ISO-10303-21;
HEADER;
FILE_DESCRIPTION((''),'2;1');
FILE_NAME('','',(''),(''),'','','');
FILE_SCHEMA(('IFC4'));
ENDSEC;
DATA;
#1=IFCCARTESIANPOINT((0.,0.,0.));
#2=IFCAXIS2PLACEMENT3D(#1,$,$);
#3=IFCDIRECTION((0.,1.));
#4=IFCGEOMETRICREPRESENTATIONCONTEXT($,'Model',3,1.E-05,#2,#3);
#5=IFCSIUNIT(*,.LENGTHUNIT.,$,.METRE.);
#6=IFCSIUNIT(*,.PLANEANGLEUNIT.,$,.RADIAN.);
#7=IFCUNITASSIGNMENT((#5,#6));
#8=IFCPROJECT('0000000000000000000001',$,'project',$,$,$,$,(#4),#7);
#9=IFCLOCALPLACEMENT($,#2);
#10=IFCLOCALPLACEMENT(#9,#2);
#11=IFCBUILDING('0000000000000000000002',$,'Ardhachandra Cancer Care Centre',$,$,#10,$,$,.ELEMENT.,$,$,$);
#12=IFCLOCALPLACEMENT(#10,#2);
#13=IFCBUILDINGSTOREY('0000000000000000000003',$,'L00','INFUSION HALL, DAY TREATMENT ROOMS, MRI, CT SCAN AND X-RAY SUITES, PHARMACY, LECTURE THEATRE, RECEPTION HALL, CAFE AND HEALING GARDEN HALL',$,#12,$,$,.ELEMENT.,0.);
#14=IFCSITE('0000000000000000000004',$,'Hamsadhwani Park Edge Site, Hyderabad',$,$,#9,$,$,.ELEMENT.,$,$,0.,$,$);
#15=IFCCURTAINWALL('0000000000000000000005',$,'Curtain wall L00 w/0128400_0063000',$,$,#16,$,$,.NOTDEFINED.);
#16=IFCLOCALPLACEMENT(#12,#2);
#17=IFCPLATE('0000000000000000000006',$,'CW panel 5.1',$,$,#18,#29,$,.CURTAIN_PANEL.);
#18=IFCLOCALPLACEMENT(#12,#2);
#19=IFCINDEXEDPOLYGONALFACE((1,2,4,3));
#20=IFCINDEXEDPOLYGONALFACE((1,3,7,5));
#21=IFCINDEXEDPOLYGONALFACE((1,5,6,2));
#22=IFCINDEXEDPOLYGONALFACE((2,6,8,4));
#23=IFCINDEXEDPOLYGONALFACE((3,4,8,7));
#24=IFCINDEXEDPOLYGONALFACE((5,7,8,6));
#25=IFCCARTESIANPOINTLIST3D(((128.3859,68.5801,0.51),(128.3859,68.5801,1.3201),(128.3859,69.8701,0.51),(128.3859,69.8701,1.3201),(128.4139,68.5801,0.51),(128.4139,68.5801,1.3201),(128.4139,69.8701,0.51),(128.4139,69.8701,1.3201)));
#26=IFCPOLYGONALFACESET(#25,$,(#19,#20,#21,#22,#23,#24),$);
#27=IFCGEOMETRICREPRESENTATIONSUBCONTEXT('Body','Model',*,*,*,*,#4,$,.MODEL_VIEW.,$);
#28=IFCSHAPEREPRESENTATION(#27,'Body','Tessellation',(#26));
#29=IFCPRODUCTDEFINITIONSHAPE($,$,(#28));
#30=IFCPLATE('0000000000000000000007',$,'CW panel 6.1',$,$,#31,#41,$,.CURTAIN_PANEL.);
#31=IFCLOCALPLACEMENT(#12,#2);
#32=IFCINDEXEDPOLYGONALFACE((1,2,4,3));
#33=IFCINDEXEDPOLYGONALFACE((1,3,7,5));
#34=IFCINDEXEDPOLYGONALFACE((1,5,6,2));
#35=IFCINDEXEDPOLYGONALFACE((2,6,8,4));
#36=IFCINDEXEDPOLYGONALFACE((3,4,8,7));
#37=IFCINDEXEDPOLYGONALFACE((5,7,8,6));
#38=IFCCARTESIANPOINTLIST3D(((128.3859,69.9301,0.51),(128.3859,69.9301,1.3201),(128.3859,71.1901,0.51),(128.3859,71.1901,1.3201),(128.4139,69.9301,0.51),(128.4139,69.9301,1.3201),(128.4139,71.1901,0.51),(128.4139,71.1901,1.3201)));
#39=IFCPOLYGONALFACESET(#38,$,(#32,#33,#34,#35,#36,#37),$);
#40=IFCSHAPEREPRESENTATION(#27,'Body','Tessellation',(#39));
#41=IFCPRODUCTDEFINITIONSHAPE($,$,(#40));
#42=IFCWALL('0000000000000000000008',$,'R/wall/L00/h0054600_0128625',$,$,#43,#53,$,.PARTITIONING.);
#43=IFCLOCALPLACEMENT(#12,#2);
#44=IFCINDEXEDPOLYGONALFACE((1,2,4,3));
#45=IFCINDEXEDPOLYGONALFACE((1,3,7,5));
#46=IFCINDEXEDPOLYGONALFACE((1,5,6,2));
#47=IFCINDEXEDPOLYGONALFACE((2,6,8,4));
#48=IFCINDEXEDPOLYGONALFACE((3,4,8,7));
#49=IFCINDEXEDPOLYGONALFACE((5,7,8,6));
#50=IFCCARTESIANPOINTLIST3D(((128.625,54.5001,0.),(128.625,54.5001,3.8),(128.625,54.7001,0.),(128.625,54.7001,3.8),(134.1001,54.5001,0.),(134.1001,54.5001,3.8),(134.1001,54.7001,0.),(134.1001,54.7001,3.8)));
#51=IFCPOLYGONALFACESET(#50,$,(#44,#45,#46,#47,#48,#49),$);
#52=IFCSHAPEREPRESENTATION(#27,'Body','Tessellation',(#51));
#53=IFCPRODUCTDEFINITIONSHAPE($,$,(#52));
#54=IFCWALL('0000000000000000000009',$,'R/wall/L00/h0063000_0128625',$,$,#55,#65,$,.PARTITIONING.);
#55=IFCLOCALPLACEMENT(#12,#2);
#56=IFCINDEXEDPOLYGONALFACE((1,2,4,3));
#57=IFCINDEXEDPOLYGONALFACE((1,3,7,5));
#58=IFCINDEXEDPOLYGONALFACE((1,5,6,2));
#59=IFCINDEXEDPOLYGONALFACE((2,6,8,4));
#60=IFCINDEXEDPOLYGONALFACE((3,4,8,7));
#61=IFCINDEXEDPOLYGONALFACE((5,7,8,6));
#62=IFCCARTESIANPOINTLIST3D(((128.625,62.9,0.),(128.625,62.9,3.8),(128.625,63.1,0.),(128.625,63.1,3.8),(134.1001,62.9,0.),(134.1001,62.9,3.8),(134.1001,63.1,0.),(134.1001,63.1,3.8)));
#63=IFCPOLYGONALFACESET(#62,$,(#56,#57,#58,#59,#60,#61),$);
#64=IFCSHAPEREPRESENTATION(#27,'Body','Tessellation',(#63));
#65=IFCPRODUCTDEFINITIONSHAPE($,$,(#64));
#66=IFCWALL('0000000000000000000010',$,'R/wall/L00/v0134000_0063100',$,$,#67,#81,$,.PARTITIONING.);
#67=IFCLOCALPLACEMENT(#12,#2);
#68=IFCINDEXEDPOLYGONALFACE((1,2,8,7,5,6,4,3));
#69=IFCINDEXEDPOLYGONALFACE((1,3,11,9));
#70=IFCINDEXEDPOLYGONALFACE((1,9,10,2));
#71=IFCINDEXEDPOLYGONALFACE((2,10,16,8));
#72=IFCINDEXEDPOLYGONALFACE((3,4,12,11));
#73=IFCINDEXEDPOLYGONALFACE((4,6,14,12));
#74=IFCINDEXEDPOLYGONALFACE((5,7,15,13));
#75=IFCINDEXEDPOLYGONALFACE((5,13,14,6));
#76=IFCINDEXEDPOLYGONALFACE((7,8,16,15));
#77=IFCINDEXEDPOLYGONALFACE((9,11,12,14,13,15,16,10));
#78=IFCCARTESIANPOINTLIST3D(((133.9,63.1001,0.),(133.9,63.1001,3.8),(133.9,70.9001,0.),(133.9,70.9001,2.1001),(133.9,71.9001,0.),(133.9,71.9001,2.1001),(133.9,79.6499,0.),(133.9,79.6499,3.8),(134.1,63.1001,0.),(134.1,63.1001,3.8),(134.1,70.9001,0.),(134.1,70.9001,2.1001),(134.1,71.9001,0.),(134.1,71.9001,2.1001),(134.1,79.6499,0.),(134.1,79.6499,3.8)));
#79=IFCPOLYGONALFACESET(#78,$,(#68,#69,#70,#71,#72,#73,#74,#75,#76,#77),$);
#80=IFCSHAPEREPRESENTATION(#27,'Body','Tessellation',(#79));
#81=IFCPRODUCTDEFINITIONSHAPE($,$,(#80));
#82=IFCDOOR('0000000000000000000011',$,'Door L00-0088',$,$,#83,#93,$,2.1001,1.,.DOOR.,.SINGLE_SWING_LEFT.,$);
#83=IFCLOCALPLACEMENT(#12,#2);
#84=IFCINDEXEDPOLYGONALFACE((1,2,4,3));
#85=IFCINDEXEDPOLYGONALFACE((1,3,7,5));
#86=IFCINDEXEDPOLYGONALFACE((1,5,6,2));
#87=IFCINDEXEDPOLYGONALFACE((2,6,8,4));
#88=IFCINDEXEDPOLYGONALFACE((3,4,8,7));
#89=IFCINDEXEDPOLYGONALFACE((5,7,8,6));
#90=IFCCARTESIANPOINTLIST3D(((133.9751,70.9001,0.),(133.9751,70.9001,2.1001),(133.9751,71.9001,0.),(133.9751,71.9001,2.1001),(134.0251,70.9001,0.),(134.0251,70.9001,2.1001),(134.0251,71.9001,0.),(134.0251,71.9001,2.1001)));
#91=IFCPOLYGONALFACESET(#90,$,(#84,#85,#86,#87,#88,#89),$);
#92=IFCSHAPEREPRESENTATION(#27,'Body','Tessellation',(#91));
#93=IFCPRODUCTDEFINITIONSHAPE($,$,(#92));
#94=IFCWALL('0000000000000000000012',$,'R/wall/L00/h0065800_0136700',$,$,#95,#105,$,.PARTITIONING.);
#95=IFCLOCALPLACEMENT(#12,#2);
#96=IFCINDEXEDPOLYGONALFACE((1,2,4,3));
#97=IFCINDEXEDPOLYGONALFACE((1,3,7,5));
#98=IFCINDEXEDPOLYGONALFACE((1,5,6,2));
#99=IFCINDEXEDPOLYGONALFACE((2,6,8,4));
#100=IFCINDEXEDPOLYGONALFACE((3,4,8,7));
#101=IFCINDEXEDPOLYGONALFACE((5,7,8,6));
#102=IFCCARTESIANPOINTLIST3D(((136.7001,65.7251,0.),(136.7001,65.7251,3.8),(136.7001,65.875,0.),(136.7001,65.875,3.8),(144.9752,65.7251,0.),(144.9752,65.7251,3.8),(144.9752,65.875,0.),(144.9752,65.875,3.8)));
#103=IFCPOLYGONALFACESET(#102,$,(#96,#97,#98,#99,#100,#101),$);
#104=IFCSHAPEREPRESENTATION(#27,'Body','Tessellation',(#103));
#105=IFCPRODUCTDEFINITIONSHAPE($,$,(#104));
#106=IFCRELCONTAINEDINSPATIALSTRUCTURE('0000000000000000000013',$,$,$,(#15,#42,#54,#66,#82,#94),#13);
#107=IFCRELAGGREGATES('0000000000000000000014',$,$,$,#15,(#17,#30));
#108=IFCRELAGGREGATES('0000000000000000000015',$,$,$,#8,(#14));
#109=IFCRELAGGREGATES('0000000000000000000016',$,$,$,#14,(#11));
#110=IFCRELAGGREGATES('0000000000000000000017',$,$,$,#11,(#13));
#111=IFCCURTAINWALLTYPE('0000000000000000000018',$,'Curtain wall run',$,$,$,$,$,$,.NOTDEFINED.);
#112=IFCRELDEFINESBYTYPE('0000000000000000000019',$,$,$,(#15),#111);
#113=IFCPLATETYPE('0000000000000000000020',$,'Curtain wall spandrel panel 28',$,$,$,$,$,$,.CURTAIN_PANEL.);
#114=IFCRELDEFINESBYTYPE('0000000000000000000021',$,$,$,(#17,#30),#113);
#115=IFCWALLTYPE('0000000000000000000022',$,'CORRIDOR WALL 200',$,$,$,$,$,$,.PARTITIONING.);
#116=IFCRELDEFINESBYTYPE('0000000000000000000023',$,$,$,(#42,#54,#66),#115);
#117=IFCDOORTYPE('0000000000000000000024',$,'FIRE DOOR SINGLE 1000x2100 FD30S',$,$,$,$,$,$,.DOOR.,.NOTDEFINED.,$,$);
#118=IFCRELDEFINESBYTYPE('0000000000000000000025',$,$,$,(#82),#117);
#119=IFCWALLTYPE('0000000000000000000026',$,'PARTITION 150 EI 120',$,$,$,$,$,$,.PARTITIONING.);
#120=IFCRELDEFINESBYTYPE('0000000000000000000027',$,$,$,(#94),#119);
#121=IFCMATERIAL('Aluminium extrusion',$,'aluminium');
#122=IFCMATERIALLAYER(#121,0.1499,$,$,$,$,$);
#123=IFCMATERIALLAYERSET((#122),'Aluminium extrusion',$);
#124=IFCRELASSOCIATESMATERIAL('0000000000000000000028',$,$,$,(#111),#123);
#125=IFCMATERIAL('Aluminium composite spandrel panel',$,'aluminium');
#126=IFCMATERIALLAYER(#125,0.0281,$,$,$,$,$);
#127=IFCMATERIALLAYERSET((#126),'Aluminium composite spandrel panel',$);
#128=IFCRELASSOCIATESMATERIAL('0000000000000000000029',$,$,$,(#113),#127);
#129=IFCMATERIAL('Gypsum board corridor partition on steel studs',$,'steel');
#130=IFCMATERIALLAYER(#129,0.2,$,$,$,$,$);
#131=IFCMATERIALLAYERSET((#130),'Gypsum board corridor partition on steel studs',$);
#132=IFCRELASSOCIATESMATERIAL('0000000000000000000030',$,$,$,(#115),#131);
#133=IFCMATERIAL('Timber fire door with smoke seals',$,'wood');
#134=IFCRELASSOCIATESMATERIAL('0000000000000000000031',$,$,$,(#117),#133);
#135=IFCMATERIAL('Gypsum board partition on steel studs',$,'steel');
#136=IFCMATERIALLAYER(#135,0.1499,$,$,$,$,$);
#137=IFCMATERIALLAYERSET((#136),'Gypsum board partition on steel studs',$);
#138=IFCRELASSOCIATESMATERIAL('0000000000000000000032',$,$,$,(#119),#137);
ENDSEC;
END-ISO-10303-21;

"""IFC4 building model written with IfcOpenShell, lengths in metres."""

from ifc_helpers import new_model, si_unit, direction, frame, frame_2d, origin, origin_2d, place, context, subcontext, project, spatial, rectangle, extrude, material, layer, layer_set, type_object, element, fill, aggregate, save


model = new_model("IFC4")

# Units and contexts
model_context = context("Model", 3, precision=1e-05, world=origin(), true_north=direction((0.0, 1.0)))
body_context = subcontext(model_context, "Body", "Model", "MODEL_VIEW")
ifc_project = project(units=[si_unit("LENGTHUNIT", "METRE"), si_unit("PLANEANGLEUNIT", "RADIAN")], contexts=[model_context])

# Site, building, storey
site_placement = place(None, origin())
site = spatial("IfcSite", under=ifc_project, at=site_placement, Name="Hamsadhwani Park Edge Site, Hyderabad", CompositionType="ELEMENT", RefElevation=0.0)
building_placement = place(site_placement, origin())
building = spatial("IfcBuilding", under=site, at=building_placement, Name="Ardhachandra Cancer Care Centre", CompositionType="ELEMENT")
storey_placement = place(building_placement, origin())
storey = spatial("IfcBuildingStorey", under=building, at=storey_placement, Name="L00", Description="INFUSION HALL, DAY TREATMENT ROOMS, MRI, CT SCAN AND X-RAY SUITES, PHARMACY, LECTURE THEATRE, RECEPTION HALL, CAFE AND HEALING GARDEN HALL", CompositionType="ELEMENT", Elevation=0.0)

# Curtain wall, plates
ifc_material_1 = material(Name="Aluminium extrusion", Category="aluminium")
ifc_layer_1 = layer(ifc_material_1, 0.1499)
ifc_layer_set_1 = layer_set([ifc_layer_1], Name="Aluminium extrusion")
curtain_wall_type = type_object("IfcCurtainWallType", Name="Curtain wall run", PredefinedType="NOTDEFINED", material=ifc_layer_set_1)
curtain_wall_placement = place(storey_placement, origin())
curtain_wall = element("IfcCurtainWall", 1, at=curtain_wall_placement, inside=storey, type_object=curtain_wall_type, Name="Curtain wall L00 w/0128400_0063000", PredefinedType="NOTDEFINED")
ifc_material_2 = material(Name="Aluminium composite spandrel panel", Category="aluminium")
ifc_layer_2 = layer(ifc_material_2, 0.0281)
ifc_layer_set_2 = layer_set([ifc_layer_2], Name="Aluminium composite spandrel panel")
plate_type_1 = type_object("IfcPlateType", Name="Curtain wall spandrel panel 28", PredefinedType="CURTAIN_PANEL", material=ifc_layer_set_2)
plate_1_placement = place(storey_placement, frame((128.3999, 69.2251, 0.51), z_axis=(0.0, 0.0, 1.0), x_axis=(0.0, 1.0, 0.0)))
plate_1 = element("IfcPlate", 2, at=plate_1_placement, type_object=plate_type_1, Name="CW panel 5.1", PredefinedType="CURTAIN_PANEL", context=body_context, shape_type="SweptSolid", body=[
    extrude(rectangle(XDim=1.29, YDim=0.0281, at=origin_2d()), origin(), (0.0, 0.0, 1.0), 0.8101),
])
plate_2_placement = place(storey_placement, frame((128.3999, 70.5601, 0.51), z_axis=(0.0, 0.0, 1.0), x_axis=(0.0, 1.0, 0.0)))
plate_2 = element("IfcPlate", 3, at=plate_2_placement, type_object=plate_type_1, Name="CW panel 6.1", PredefinedType="CURTAIN_PANEL", context=body_context, shape_type="SweptSolid", body=[
    extrude(rectangle(XDim=1.26, YDim=0.0281, at=origin_2d()), origin(), (0.0, 0.0, 1.0), 0.8101),
])
aggregate(curtain_wall, [plate_1, plate_2])

# Walls
ifc_material_3 = material(Name="Gypsum board corridor partition on steel studs", Category="steel")
ifc_layer_3 = layer(ifc_material_3, 0.2)
ifc_layer_set_3 = layer_set([ifc_layer_3], Name="Gypsum board corridor partition on steel studs")
wall_type_1 = type_object("IfcWallType", Name="CORRIDOR WALL 200", PredefinedType="PARTITIONING", material=ifc_layer_set_3)
for number, where, z_axis, x_axis, name in (
    (4, (128.625, 54.6001, 0.0), (0.0, 0.0, 1.0), (1.0, 0.0, 0.0), "R/wall/L00/h0054600_0128625"),
    (5, (128.625, 63.0, 0.0), (0.0, 0.0, 1.0), (1.0, 0.0, 0.0), "R/wall/L00/h0063000_0128625"),
):
    element("IfcWall", number, at=place(storey_placement, frame(where, z_axis=z_axis, x_axis=x_axis)), inside=storey, type_object=wall_type_1, Name=name, PredefinedType="PARTITIONING", context=body_context, shape_type="SweptSolid", body=[
        extrude(rectangle(XDim=5.4751, YDim=0.2, at=frame_2d((2.7375, 0.0))), origin(), (0.0, 0.0, 1.0), 3.8),
    ])

# Wall, opening, door
wall_1_placement = place(storey_placement, frame((134.0, 63.1001, 0.0), z_axis=(0.0, 0.0, 1.0), x_axis=(0.0, 1.0, 0.0)))
wall_1 = element("IfcWall", 6, at=wall_1_placement, inside=storey, type_object=wall_type_1, Name="R/wall/L00/v0134000_0063100", PredefinedType="PARTITIONING", context=body_context, shape_type="SweptSolid", body=[
    extrude(rectangle(XDim=16.5498, YDim=0.2, at=frame_2d((8.2749, 0.0))), origin(), (0.0, 0.0, 1.0), 3.8),
])
opening_placement = place(wall_1_placement, frame((7.8, 0.0, 0.0)))
opening = element("IfcOpeningElement", 7, at=opening_placement, cuts=wall_1, PredefinedType="OPENING", context=body_context, shape_type="SweptSolid", body=[
    extrude(rectangle(XDim=1.0, YDim=2.1001, at=frame_2d((0.5, 1.05))), frame((0.0, 0.1099, 0.0), z_axis=(0.0, -1.0, 0.0), x_axis=(1.0, 0.0, 0.0)), (0.0, 0.0, 1.0), 0.22),
])
ifc_material_4 = material(Name="Timber fire door with smoke seals", Category="wood")
door_type = type_object("IfcDoorType", Name="FIRE DOOR SINGLE 1000x2100 FD30S", OperationType="NOTDEFINED", PredefinedType="DOOR", material=ifc_material_4)
door_placement = place(opening_placement, origin())
door = element("IfcDoor", 8, at=door_placement, inside=storey, type_object=door_type, Name="Door L00-0088", OperationType="SINGLE_SWING_LEFT", OverallHeight=2.1001, OverallWidth=1.0, PredefinedType="DOOR", context=body_context, shape_type="SweptSolid", body=[
    extrude(rectangle(XDim=1.0, YDim=2.1001, at=frame_2d((0.5, 1.05))), frame((0.0, 0.0249, 0.0), z_axis=(0.0, -1.0, 0.0), x_axis=(1.0, 0.0, 0.0)), (0.0, 0.0, 1.0), 0.05),
])
fill(opening, door)

# Wall
ifc_material_5 = material(Name="Gypsum board partition on steel studs", Category="steel")
ifc_layer_4 = layer(ifc_material_5, 0.1499)
ifc_layer_set_4 = layer_set([ifc_layer_4], Name="Gypsum board partition on steel studs")
wall_type_2 = type_object("IfcWallType", Name="PARTITION 150 EI 120", PredefinedType="PARTITIONING", material=ifc_layer_set_4)
wall_2_placement = place(storey_placement, frame((136.7, 65.8, 0.0), z_axis=(0.0, 0.0, 1.0), x_axis=(1.0, 0.0, 0.0)))
element("IfcWall", 9, at=wall_2_placement, inside=storey, type_object=wall_type_2, Name="R/wall/L00/h0065800_0136700", PredefinedType="PARTITIONING", context=body_context, shape_type="SweptSolid", body=[
    extrude(rectangle(XDim=8.2751, YDim=0.1499, at=frame_2d((4.1377, 0.0))), origin(), (0.0, 0.0, 1.0), 3.8),
])

save(model, "model.ifc")
